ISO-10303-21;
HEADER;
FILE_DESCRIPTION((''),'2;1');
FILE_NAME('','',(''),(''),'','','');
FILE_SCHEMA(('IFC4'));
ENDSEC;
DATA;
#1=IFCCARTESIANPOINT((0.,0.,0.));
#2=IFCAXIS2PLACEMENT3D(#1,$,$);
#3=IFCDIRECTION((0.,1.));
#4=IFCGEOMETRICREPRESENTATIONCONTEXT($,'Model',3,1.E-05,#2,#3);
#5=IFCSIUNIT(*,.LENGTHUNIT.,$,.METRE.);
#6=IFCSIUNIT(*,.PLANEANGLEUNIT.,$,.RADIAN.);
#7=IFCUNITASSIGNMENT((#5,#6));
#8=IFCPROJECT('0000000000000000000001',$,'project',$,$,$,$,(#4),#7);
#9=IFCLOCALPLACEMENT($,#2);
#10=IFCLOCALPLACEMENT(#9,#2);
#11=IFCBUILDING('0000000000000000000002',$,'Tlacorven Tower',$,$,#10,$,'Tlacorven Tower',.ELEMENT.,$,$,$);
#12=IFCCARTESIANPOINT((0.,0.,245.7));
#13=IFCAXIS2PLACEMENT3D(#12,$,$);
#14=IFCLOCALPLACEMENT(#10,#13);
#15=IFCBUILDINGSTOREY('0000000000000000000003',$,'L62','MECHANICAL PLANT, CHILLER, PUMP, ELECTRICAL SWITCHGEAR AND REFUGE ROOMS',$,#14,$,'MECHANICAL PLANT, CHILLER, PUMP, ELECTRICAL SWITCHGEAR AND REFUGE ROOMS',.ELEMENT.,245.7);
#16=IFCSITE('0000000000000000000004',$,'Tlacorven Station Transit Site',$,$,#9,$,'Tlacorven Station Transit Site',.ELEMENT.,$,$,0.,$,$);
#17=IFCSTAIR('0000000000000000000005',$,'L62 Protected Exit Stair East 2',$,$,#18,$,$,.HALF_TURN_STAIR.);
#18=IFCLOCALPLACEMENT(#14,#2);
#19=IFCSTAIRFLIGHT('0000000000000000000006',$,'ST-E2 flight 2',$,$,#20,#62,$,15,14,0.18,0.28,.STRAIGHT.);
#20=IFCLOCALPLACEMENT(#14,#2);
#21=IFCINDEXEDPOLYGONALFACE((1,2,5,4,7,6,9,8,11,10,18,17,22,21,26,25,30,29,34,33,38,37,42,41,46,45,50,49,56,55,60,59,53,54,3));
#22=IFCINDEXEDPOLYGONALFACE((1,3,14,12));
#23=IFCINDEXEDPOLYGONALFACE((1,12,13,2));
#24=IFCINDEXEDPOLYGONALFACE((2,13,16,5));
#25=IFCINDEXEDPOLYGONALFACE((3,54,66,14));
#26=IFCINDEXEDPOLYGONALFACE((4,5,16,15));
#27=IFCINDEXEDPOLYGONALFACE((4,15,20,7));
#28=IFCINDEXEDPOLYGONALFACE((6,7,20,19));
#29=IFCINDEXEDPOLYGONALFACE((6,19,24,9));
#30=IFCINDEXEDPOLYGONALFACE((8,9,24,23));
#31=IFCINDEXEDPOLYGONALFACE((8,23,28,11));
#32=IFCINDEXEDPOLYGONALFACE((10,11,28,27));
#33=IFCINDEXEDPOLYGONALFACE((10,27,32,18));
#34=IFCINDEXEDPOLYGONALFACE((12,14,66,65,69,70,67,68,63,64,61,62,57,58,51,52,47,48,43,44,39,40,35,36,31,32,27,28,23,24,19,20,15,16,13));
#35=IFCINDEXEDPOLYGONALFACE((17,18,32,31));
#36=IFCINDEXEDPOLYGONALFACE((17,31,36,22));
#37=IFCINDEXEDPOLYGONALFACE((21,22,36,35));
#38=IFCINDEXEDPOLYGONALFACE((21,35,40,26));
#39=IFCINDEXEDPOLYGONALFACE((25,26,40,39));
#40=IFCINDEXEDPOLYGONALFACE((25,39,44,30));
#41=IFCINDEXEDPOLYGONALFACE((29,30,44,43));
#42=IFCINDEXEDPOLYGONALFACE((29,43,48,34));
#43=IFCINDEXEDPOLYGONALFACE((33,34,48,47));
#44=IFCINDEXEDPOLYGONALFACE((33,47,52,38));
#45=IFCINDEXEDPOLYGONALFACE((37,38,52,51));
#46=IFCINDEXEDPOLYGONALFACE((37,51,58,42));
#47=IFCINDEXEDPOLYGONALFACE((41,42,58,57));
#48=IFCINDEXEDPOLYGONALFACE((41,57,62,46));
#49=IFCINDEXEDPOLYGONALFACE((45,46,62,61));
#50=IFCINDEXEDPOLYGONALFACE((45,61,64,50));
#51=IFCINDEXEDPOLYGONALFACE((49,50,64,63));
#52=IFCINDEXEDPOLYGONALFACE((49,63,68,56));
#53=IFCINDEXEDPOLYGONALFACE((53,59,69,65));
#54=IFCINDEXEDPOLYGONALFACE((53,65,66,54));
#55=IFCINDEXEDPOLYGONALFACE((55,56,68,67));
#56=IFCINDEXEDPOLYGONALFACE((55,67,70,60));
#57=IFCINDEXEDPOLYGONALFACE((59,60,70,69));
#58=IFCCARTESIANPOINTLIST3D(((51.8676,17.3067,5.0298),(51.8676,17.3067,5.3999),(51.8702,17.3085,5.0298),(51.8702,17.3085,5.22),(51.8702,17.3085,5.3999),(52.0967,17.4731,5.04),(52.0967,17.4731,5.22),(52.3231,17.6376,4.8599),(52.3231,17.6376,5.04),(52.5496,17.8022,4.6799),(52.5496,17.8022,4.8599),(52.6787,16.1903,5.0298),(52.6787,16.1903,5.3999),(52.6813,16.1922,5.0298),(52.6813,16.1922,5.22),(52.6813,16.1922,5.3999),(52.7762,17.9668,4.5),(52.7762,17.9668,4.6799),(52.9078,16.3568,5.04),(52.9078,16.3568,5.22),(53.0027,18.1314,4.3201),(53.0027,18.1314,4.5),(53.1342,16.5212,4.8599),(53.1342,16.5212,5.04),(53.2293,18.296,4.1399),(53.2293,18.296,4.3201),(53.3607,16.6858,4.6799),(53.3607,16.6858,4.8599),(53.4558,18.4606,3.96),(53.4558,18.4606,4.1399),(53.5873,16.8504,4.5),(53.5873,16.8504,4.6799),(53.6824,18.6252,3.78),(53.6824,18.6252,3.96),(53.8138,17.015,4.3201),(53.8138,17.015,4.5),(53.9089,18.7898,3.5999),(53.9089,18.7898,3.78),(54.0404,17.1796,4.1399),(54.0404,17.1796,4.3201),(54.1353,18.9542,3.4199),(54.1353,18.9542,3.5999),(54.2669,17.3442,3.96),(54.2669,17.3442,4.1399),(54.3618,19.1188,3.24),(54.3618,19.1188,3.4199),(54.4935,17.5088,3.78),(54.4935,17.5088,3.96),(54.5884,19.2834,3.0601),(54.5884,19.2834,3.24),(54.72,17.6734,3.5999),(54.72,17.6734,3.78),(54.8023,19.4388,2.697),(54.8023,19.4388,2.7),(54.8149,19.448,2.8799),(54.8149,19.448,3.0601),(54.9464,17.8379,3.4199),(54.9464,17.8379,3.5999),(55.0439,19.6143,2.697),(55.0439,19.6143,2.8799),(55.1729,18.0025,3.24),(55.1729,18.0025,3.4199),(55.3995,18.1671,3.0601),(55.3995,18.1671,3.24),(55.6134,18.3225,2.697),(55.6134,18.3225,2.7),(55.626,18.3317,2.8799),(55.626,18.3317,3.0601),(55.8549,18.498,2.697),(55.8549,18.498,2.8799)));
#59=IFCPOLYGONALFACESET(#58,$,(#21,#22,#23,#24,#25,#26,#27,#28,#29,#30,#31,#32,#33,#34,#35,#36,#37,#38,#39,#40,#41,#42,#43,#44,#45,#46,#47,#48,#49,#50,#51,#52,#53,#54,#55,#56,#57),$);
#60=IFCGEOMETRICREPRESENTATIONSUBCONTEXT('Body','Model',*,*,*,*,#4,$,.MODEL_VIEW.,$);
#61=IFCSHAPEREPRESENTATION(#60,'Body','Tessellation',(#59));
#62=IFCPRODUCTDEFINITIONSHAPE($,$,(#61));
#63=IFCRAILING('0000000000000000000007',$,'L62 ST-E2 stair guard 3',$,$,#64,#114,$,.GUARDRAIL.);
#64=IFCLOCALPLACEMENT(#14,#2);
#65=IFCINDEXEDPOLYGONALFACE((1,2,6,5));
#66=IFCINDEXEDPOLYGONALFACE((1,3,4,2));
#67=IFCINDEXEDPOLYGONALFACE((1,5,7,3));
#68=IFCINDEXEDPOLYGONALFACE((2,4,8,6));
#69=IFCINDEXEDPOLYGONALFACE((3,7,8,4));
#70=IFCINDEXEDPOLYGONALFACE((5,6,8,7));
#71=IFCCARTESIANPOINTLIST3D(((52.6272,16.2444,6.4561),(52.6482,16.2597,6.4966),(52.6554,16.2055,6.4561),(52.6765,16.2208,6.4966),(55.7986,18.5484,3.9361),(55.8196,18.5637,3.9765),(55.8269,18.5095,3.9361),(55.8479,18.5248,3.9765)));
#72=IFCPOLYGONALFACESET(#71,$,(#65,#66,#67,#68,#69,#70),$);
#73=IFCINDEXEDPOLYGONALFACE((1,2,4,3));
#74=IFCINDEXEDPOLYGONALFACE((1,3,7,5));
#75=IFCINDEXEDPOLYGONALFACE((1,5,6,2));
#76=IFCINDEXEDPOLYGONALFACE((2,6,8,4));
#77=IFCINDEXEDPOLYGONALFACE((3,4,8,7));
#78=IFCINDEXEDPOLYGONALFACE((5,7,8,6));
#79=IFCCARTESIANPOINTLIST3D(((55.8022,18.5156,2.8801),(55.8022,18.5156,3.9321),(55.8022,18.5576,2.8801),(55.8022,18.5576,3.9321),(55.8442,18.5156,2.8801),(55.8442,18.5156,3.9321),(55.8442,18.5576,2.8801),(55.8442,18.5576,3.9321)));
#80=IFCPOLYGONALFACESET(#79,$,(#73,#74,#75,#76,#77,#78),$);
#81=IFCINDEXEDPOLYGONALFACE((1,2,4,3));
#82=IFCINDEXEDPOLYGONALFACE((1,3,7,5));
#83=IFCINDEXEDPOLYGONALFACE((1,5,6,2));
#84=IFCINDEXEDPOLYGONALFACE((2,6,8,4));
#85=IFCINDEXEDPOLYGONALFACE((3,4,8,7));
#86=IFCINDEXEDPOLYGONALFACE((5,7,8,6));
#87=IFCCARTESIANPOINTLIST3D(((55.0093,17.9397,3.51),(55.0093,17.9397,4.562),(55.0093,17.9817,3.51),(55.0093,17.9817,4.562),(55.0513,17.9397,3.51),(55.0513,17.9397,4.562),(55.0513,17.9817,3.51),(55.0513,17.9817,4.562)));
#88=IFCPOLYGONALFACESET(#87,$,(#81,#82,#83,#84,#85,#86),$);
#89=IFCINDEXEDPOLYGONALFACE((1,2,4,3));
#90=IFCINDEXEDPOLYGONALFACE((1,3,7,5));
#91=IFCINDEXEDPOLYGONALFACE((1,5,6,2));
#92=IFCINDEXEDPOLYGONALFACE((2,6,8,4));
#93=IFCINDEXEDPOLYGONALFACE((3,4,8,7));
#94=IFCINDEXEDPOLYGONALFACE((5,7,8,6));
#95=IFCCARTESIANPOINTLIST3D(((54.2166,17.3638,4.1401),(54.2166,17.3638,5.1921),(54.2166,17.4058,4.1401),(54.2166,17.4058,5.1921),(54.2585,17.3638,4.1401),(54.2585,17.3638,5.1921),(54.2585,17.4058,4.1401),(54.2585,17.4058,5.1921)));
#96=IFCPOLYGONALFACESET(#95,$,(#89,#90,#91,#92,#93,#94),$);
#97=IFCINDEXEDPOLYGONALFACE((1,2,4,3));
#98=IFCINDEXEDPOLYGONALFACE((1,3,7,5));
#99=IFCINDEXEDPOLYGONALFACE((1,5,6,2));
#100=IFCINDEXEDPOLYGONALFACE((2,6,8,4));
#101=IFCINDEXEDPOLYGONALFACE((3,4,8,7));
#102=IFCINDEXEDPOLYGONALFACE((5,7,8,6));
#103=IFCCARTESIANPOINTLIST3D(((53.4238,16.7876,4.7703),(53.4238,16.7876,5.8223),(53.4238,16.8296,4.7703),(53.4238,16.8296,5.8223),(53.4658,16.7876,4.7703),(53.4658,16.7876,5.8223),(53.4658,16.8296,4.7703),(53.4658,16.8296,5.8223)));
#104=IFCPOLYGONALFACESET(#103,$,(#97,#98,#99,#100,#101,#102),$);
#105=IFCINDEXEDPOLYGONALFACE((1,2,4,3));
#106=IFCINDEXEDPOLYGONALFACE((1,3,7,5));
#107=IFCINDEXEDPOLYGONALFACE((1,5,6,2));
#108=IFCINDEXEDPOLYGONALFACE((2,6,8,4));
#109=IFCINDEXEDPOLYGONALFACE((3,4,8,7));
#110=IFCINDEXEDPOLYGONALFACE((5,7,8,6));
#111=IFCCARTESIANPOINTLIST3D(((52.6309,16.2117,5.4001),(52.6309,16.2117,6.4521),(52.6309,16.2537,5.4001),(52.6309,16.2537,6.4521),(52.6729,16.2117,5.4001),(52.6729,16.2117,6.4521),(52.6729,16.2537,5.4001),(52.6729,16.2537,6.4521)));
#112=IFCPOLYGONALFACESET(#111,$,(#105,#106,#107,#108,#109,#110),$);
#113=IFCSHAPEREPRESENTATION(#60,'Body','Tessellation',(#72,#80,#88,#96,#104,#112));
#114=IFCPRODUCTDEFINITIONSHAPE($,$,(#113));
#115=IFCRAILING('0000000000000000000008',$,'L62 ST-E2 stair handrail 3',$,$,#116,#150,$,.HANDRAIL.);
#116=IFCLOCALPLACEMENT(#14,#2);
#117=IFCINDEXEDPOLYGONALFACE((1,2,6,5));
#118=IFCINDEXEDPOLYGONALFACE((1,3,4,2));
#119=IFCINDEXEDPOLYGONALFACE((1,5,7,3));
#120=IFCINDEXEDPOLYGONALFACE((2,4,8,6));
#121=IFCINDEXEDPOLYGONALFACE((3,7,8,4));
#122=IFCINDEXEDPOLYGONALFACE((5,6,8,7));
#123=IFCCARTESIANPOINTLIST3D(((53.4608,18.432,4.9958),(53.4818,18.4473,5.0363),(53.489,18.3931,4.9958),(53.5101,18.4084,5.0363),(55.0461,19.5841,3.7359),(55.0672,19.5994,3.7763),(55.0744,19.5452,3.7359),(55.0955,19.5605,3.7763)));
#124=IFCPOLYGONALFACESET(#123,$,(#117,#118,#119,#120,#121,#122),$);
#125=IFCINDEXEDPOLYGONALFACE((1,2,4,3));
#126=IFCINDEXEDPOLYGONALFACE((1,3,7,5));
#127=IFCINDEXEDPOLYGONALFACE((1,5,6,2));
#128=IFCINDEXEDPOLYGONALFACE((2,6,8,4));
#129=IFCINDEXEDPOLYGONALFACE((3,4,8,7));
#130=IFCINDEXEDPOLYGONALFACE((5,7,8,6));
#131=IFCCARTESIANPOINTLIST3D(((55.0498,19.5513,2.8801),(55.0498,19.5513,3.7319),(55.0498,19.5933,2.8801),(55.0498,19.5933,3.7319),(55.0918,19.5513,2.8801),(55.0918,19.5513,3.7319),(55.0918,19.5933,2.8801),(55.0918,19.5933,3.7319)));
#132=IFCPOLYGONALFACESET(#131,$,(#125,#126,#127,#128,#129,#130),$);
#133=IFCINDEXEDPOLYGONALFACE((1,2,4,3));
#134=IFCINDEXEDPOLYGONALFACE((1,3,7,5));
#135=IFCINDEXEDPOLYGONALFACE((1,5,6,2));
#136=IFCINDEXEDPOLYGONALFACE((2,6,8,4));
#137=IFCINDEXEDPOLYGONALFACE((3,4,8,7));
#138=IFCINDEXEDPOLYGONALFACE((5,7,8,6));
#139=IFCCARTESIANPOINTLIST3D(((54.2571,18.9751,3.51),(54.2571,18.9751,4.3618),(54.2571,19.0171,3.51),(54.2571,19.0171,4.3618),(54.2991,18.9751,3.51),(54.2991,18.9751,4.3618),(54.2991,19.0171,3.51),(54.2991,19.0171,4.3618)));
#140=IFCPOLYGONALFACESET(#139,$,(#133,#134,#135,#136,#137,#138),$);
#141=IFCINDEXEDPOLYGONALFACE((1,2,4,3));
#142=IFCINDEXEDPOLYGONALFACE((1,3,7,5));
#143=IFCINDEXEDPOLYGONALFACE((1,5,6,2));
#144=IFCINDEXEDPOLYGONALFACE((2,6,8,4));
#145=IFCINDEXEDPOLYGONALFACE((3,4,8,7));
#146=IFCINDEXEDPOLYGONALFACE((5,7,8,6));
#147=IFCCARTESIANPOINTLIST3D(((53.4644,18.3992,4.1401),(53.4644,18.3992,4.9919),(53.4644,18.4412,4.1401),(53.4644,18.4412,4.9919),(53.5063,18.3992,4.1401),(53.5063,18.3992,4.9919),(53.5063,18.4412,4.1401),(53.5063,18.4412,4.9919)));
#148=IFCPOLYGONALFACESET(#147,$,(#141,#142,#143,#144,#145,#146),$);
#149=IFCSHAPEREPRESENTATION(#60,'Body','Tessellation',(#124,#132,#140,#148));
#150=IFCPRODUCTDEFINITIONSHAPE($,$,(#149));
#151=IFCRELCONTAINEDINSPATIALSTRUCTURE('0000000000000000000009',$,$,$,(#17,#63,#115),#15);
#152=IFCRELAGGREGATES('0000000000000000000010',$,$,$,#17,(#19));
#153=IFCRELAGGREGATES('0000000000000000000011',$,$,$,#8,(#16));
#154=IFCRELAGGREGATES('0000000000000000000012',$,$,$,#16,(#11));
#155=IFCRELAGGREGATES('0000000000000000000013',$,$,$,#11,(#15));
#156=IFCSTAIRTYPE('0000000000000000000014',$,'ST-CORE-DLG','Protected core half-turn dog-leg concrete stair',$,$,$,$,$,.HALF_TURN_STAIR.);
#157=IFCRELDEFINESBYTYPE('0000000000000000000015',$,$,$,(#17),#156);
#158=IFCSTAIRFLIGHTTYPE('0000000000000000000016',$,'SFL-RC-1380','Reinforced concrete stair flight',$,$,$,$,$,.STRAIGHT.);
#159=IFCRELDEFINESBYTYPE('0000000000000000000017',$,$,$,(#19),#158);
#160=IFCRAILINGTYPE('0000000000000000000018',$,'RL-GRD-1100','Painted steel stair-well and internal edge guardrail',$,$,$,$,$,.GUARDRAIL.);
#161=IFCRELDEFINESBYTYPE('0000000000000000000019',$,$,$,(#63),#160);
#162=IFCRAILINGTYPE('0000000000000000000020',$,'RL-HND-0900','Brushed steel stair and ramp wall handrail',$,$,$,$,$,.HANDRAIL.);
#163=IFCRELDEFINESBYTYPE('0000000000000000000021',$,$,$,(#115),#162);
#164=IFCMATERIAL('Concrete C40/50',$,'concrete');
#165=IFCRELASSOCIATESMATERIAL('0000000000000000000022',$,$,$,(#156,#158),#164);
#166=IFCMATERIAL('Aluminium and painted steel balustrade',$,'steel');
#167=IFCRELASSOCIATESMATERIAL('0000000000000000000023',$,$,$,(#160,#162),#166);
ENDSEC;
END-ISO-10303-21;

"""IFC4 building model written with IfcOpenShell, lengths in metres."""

from ifc_helpers import new_model, si_unit, direction, frame, origin, origin_2d, place, context, subcontext, project, spatial, polyline, rectangle, outline, extrude, source, transform, mapped, material, type_object, element, aggregate, save


model = new_model("IFC4")

# Units and contexts
model_context = context("Model", 3, precision=1e-05, world=origin(), true_north=direction((0.0, 1.0)))
body_context = subcontext(model_context, "Body", "Model", "MODEL_VIEW")
ifc_project = project(units=[si_unit("LENGTHUNIT", "METRE"), si_unit("PLANEANGLEUNIT", "RADIAN")], contexts=[model_context])

# Site, building, storey
site_placement = place(None, origin())
site = spatial("IfcSite", under=ifc_project, at=site_placement, Name="Tlacorven Station Transit Site", LongName="Tlacorven Station Transit Site", CompositionType="ELEMENT", RefElevation=0.0)
building_placement = place(site_placement, origin())
building = spatial("IfcBuilding", under=site, at=building_placement, Name="Tlacorven Tower", LongName="Tlacorven Tower", CompositionType="ELEMENT")
storey_placement = place(building_placement, frame((0.0, 0.0, 245.7)))
storey = spatial("IfcBuildingStorey", under=building, at=storey_placement, Name="L62", Description="MECHANICAL PLANT, CHILLER, PUMP, ELECTRICAL SWITCHGEAR AND REFUGE ROOMS", LongName="MECHANICAL PLANT, CHILLER, PUMP, ELECTRICAL SWITCHGEAR AND REFUGE ROOMS", CompositionType="ELEMENT", Elevation=245.7)

# Shared definitions
ifc_material_1 = material(Name="Concrete C40/50", Category="concrete")

# Stair, stair flight
stair_type = type_object("IfcStairType", Name="ST-CORE-DLG", Description="Protected core half-turn dog-leg concrete stair", PredefinedType="HALF_TURN_STAIR", material=ifc_material_1)
stair_placement = place(storey_placement, origin())
stair = element("IfcStair", 1, at=stair_placement, inside=storey, type_object=stair_type, Name="L62 Protected Exit Stair East 2", PredefinedType="HALF_TURN_STAIR")
stair_flight_type = type_object("IfcStairFlightType", Name="SFL-RC-1380", Description="Reinforced concrete stair flight", PredefinedType="STRAIGHT", material=ifc_material_1)
shared_shape_1 = source(origin(), body_context, "Body", "SweptSolid", [
    extrude(outline(polyline([(-0.0029, -0.0029), (-0.0029, 0.1799), (0.28, 0.1799), (0.28, 0.3601), (0.5601, 0.3601), (0.5601, 0.54), (0.8401, 0.54), (0.8401, 0.72), (1.1201, 0.72), (1.1201, 0.8999), (1.3999, 0.8999), (1.3999, 1.0801), (1.6799, 1.0801), (1.6799, 1.26), (1.96, 1.26), (1.96, 1.4399), (2.24, 1.4399), (2.24, 1.6201), (2.52, 1.6201), (2.52, 1.8), (2.8, 1.8), (2.8, 1.98), (3.0801, 1.98), (3.0801, 2.1599), (3.3601, 2.1599), (3.3601, 2.3401), (3.6399, 2.3401), (3.6399, 2.52), (3.9199, 2.52), (3.9199, 2.7), (3.9231, 2.7), (3.9231, 2.3298), (3.9199, 2.3298), (0.2957, 0.0), (0.2957, -0.0029), (-0.0029, -0.0029)])), frame((0.0, 0.6899, 0.0), z_axis=(0.0, -1.0, 0.0), x_axis=(1.0, 0.0, 0.0)), (0.0, 0.0, 1.0), 1.3799),
])
stair_flight_placement = place(storey_placement, frame((55.447, 19.0544, 2.7), z_axis=(0.0, 0.0, 1.0), x_axis=(-0.809017, -0.587785, 0.0)))
stair_flight = element("IfcStairFlight", 2, at=stair_flight_placement, type_object=stair_flight_type, Name="ST-E2 flight 2", NumberOfRisers=15, NumberOfTreads=14, PredefinedType="STRAIGHT", RiserHeight=0.18, TreadLength=0.28, context=body_context, shape_type="MappedRepresentation", body=[
    mapped(shared_shape_1, transform((0.0, 0.0, 0.0), scale=1.0)),
])
aggregate(stair, [stair_flight])

# Railings
ifc_material_2 = material(Name="Aluminium and painted steel balustrade", Category="steel")
railing_type_1 = type_object("IfcRailingType", Name="RL-GRD-1100", Description="Painted steel stair-well and internal edge guardrail", PredefinedType="GUARDRAIL", material=ifc_material_2)
shared_shape_2 = source(origin(), body_context, "Body", "SweptSolid", [
    extrude(rectangle(XDim=0.0481, YDim=0.0481, at=origin_2d()), frame((0.0, 0.0, 1.0762), z_axis=(-0.680543, -0.494402, 0.540767), x_axis=(0.587753, -0.80904, 0.0)), (0.0, 0.0, 1.0), 4.6602),
    extrude(rectangle(XDim=0.042, YDim=0.042, at=origin_2d()), origin(), (0.0, 0.0, 1.0), 1.052),
    extrude(rectangle(XDim=0.042, YDim=0.042, at=origin_2d()), frame((-0.793, -0.5759, 0.6299)), (0.0, 0.0, 1.0), 1.052),
    extrude(rectangle(XDim=0.042, YDim=0.042, at=origin_2d()), frame((-1.5857, -1.1519, 1.26)), (0.0, 0.0, 1.0), 1.052),
    extrude(rectangle(XDim=0.042, YDim=0.042, at=origin_2d()), frame((-2.3784, -1.728, 1.8901)), (0.0, 0.0, 1.0), 1.052),
    extrude(rectangle(XDim=0.042, YDim=0.042, at=origin_2d()), frame((-3.1714, -2.304, 2.52)), (0.0, 0.0, 1.0), 1.052),
])
railing_1_placement = place(storey_placement, frame((55.8232, 18.5366, 2.8801)))
element("IfcRailing", 3, at=railing_1_placement, inside=storey, type_object=railing_type_1, Name="L62 ST-E2 stair guard 3", PredefinedType="GUARDRAIL", context=body_context, shape_type="MappedRepresentation", body=[
    mapped(shared_shape_2, transform((0.0, 0.0, 0.0), scale=1.0)),
])
railing_type_2 = type_object("IfcRailingType", Name="RL-HND-0900", Description="Brushed steel stair and ramp wall handrail", PredefinedType="HANDRAIL", material=ifc_material_2)
shared_shape_3 = source(origin(), body_context, "Body", "SweptSolid", [
    extrude(rectangle(XDim=0.0481, YDim=0.0481, at=origin_2d()), frame((0.0, 0.0, 0.876), z_axis=(-0.680469, -0.494477, 0.540791), x_axis=(0.587853, -0.808968, 0.0)), (0.0, 0.0, 1.0), 2.3298),
    extrude(rectangle(XDim=0.042, YDim=0.042, at=origin_2d()), origin(), (0.0, 0.0, 1.0), 0.8518),
    extrude(rectangle(XDim=0.042, YDim=0.042, at=origin_2d()), frame((-0.7927, -0.5762, 0.6299)), (0.0, 0.0, 1.0), 0.8518),
    extrude(rectangle(XDim=0.042, YDim=0.042, at=origin_2d()), frame((-1.5854, -1.1521, 1.26)), (0.0, 0.0, 1.0), 0.8518),
])
railing_2_placement = place(storey_placement, frame((55.0708, 19.5723, 2.8801)))
element("IfcRailing", 4, at=railing_2_placement, inside=storey, type_object=railing_type_2, Name="L62 ST-E2 stair handrail 3", PredefinedType="HANDRAIL", context=body_context, shape_type="MappedRepresentation", body=[
    mapped(shared_shape_3, transform((0.0, 0.0, 0.0), scale=1.0)),
])

save(model, "model.ifc")
